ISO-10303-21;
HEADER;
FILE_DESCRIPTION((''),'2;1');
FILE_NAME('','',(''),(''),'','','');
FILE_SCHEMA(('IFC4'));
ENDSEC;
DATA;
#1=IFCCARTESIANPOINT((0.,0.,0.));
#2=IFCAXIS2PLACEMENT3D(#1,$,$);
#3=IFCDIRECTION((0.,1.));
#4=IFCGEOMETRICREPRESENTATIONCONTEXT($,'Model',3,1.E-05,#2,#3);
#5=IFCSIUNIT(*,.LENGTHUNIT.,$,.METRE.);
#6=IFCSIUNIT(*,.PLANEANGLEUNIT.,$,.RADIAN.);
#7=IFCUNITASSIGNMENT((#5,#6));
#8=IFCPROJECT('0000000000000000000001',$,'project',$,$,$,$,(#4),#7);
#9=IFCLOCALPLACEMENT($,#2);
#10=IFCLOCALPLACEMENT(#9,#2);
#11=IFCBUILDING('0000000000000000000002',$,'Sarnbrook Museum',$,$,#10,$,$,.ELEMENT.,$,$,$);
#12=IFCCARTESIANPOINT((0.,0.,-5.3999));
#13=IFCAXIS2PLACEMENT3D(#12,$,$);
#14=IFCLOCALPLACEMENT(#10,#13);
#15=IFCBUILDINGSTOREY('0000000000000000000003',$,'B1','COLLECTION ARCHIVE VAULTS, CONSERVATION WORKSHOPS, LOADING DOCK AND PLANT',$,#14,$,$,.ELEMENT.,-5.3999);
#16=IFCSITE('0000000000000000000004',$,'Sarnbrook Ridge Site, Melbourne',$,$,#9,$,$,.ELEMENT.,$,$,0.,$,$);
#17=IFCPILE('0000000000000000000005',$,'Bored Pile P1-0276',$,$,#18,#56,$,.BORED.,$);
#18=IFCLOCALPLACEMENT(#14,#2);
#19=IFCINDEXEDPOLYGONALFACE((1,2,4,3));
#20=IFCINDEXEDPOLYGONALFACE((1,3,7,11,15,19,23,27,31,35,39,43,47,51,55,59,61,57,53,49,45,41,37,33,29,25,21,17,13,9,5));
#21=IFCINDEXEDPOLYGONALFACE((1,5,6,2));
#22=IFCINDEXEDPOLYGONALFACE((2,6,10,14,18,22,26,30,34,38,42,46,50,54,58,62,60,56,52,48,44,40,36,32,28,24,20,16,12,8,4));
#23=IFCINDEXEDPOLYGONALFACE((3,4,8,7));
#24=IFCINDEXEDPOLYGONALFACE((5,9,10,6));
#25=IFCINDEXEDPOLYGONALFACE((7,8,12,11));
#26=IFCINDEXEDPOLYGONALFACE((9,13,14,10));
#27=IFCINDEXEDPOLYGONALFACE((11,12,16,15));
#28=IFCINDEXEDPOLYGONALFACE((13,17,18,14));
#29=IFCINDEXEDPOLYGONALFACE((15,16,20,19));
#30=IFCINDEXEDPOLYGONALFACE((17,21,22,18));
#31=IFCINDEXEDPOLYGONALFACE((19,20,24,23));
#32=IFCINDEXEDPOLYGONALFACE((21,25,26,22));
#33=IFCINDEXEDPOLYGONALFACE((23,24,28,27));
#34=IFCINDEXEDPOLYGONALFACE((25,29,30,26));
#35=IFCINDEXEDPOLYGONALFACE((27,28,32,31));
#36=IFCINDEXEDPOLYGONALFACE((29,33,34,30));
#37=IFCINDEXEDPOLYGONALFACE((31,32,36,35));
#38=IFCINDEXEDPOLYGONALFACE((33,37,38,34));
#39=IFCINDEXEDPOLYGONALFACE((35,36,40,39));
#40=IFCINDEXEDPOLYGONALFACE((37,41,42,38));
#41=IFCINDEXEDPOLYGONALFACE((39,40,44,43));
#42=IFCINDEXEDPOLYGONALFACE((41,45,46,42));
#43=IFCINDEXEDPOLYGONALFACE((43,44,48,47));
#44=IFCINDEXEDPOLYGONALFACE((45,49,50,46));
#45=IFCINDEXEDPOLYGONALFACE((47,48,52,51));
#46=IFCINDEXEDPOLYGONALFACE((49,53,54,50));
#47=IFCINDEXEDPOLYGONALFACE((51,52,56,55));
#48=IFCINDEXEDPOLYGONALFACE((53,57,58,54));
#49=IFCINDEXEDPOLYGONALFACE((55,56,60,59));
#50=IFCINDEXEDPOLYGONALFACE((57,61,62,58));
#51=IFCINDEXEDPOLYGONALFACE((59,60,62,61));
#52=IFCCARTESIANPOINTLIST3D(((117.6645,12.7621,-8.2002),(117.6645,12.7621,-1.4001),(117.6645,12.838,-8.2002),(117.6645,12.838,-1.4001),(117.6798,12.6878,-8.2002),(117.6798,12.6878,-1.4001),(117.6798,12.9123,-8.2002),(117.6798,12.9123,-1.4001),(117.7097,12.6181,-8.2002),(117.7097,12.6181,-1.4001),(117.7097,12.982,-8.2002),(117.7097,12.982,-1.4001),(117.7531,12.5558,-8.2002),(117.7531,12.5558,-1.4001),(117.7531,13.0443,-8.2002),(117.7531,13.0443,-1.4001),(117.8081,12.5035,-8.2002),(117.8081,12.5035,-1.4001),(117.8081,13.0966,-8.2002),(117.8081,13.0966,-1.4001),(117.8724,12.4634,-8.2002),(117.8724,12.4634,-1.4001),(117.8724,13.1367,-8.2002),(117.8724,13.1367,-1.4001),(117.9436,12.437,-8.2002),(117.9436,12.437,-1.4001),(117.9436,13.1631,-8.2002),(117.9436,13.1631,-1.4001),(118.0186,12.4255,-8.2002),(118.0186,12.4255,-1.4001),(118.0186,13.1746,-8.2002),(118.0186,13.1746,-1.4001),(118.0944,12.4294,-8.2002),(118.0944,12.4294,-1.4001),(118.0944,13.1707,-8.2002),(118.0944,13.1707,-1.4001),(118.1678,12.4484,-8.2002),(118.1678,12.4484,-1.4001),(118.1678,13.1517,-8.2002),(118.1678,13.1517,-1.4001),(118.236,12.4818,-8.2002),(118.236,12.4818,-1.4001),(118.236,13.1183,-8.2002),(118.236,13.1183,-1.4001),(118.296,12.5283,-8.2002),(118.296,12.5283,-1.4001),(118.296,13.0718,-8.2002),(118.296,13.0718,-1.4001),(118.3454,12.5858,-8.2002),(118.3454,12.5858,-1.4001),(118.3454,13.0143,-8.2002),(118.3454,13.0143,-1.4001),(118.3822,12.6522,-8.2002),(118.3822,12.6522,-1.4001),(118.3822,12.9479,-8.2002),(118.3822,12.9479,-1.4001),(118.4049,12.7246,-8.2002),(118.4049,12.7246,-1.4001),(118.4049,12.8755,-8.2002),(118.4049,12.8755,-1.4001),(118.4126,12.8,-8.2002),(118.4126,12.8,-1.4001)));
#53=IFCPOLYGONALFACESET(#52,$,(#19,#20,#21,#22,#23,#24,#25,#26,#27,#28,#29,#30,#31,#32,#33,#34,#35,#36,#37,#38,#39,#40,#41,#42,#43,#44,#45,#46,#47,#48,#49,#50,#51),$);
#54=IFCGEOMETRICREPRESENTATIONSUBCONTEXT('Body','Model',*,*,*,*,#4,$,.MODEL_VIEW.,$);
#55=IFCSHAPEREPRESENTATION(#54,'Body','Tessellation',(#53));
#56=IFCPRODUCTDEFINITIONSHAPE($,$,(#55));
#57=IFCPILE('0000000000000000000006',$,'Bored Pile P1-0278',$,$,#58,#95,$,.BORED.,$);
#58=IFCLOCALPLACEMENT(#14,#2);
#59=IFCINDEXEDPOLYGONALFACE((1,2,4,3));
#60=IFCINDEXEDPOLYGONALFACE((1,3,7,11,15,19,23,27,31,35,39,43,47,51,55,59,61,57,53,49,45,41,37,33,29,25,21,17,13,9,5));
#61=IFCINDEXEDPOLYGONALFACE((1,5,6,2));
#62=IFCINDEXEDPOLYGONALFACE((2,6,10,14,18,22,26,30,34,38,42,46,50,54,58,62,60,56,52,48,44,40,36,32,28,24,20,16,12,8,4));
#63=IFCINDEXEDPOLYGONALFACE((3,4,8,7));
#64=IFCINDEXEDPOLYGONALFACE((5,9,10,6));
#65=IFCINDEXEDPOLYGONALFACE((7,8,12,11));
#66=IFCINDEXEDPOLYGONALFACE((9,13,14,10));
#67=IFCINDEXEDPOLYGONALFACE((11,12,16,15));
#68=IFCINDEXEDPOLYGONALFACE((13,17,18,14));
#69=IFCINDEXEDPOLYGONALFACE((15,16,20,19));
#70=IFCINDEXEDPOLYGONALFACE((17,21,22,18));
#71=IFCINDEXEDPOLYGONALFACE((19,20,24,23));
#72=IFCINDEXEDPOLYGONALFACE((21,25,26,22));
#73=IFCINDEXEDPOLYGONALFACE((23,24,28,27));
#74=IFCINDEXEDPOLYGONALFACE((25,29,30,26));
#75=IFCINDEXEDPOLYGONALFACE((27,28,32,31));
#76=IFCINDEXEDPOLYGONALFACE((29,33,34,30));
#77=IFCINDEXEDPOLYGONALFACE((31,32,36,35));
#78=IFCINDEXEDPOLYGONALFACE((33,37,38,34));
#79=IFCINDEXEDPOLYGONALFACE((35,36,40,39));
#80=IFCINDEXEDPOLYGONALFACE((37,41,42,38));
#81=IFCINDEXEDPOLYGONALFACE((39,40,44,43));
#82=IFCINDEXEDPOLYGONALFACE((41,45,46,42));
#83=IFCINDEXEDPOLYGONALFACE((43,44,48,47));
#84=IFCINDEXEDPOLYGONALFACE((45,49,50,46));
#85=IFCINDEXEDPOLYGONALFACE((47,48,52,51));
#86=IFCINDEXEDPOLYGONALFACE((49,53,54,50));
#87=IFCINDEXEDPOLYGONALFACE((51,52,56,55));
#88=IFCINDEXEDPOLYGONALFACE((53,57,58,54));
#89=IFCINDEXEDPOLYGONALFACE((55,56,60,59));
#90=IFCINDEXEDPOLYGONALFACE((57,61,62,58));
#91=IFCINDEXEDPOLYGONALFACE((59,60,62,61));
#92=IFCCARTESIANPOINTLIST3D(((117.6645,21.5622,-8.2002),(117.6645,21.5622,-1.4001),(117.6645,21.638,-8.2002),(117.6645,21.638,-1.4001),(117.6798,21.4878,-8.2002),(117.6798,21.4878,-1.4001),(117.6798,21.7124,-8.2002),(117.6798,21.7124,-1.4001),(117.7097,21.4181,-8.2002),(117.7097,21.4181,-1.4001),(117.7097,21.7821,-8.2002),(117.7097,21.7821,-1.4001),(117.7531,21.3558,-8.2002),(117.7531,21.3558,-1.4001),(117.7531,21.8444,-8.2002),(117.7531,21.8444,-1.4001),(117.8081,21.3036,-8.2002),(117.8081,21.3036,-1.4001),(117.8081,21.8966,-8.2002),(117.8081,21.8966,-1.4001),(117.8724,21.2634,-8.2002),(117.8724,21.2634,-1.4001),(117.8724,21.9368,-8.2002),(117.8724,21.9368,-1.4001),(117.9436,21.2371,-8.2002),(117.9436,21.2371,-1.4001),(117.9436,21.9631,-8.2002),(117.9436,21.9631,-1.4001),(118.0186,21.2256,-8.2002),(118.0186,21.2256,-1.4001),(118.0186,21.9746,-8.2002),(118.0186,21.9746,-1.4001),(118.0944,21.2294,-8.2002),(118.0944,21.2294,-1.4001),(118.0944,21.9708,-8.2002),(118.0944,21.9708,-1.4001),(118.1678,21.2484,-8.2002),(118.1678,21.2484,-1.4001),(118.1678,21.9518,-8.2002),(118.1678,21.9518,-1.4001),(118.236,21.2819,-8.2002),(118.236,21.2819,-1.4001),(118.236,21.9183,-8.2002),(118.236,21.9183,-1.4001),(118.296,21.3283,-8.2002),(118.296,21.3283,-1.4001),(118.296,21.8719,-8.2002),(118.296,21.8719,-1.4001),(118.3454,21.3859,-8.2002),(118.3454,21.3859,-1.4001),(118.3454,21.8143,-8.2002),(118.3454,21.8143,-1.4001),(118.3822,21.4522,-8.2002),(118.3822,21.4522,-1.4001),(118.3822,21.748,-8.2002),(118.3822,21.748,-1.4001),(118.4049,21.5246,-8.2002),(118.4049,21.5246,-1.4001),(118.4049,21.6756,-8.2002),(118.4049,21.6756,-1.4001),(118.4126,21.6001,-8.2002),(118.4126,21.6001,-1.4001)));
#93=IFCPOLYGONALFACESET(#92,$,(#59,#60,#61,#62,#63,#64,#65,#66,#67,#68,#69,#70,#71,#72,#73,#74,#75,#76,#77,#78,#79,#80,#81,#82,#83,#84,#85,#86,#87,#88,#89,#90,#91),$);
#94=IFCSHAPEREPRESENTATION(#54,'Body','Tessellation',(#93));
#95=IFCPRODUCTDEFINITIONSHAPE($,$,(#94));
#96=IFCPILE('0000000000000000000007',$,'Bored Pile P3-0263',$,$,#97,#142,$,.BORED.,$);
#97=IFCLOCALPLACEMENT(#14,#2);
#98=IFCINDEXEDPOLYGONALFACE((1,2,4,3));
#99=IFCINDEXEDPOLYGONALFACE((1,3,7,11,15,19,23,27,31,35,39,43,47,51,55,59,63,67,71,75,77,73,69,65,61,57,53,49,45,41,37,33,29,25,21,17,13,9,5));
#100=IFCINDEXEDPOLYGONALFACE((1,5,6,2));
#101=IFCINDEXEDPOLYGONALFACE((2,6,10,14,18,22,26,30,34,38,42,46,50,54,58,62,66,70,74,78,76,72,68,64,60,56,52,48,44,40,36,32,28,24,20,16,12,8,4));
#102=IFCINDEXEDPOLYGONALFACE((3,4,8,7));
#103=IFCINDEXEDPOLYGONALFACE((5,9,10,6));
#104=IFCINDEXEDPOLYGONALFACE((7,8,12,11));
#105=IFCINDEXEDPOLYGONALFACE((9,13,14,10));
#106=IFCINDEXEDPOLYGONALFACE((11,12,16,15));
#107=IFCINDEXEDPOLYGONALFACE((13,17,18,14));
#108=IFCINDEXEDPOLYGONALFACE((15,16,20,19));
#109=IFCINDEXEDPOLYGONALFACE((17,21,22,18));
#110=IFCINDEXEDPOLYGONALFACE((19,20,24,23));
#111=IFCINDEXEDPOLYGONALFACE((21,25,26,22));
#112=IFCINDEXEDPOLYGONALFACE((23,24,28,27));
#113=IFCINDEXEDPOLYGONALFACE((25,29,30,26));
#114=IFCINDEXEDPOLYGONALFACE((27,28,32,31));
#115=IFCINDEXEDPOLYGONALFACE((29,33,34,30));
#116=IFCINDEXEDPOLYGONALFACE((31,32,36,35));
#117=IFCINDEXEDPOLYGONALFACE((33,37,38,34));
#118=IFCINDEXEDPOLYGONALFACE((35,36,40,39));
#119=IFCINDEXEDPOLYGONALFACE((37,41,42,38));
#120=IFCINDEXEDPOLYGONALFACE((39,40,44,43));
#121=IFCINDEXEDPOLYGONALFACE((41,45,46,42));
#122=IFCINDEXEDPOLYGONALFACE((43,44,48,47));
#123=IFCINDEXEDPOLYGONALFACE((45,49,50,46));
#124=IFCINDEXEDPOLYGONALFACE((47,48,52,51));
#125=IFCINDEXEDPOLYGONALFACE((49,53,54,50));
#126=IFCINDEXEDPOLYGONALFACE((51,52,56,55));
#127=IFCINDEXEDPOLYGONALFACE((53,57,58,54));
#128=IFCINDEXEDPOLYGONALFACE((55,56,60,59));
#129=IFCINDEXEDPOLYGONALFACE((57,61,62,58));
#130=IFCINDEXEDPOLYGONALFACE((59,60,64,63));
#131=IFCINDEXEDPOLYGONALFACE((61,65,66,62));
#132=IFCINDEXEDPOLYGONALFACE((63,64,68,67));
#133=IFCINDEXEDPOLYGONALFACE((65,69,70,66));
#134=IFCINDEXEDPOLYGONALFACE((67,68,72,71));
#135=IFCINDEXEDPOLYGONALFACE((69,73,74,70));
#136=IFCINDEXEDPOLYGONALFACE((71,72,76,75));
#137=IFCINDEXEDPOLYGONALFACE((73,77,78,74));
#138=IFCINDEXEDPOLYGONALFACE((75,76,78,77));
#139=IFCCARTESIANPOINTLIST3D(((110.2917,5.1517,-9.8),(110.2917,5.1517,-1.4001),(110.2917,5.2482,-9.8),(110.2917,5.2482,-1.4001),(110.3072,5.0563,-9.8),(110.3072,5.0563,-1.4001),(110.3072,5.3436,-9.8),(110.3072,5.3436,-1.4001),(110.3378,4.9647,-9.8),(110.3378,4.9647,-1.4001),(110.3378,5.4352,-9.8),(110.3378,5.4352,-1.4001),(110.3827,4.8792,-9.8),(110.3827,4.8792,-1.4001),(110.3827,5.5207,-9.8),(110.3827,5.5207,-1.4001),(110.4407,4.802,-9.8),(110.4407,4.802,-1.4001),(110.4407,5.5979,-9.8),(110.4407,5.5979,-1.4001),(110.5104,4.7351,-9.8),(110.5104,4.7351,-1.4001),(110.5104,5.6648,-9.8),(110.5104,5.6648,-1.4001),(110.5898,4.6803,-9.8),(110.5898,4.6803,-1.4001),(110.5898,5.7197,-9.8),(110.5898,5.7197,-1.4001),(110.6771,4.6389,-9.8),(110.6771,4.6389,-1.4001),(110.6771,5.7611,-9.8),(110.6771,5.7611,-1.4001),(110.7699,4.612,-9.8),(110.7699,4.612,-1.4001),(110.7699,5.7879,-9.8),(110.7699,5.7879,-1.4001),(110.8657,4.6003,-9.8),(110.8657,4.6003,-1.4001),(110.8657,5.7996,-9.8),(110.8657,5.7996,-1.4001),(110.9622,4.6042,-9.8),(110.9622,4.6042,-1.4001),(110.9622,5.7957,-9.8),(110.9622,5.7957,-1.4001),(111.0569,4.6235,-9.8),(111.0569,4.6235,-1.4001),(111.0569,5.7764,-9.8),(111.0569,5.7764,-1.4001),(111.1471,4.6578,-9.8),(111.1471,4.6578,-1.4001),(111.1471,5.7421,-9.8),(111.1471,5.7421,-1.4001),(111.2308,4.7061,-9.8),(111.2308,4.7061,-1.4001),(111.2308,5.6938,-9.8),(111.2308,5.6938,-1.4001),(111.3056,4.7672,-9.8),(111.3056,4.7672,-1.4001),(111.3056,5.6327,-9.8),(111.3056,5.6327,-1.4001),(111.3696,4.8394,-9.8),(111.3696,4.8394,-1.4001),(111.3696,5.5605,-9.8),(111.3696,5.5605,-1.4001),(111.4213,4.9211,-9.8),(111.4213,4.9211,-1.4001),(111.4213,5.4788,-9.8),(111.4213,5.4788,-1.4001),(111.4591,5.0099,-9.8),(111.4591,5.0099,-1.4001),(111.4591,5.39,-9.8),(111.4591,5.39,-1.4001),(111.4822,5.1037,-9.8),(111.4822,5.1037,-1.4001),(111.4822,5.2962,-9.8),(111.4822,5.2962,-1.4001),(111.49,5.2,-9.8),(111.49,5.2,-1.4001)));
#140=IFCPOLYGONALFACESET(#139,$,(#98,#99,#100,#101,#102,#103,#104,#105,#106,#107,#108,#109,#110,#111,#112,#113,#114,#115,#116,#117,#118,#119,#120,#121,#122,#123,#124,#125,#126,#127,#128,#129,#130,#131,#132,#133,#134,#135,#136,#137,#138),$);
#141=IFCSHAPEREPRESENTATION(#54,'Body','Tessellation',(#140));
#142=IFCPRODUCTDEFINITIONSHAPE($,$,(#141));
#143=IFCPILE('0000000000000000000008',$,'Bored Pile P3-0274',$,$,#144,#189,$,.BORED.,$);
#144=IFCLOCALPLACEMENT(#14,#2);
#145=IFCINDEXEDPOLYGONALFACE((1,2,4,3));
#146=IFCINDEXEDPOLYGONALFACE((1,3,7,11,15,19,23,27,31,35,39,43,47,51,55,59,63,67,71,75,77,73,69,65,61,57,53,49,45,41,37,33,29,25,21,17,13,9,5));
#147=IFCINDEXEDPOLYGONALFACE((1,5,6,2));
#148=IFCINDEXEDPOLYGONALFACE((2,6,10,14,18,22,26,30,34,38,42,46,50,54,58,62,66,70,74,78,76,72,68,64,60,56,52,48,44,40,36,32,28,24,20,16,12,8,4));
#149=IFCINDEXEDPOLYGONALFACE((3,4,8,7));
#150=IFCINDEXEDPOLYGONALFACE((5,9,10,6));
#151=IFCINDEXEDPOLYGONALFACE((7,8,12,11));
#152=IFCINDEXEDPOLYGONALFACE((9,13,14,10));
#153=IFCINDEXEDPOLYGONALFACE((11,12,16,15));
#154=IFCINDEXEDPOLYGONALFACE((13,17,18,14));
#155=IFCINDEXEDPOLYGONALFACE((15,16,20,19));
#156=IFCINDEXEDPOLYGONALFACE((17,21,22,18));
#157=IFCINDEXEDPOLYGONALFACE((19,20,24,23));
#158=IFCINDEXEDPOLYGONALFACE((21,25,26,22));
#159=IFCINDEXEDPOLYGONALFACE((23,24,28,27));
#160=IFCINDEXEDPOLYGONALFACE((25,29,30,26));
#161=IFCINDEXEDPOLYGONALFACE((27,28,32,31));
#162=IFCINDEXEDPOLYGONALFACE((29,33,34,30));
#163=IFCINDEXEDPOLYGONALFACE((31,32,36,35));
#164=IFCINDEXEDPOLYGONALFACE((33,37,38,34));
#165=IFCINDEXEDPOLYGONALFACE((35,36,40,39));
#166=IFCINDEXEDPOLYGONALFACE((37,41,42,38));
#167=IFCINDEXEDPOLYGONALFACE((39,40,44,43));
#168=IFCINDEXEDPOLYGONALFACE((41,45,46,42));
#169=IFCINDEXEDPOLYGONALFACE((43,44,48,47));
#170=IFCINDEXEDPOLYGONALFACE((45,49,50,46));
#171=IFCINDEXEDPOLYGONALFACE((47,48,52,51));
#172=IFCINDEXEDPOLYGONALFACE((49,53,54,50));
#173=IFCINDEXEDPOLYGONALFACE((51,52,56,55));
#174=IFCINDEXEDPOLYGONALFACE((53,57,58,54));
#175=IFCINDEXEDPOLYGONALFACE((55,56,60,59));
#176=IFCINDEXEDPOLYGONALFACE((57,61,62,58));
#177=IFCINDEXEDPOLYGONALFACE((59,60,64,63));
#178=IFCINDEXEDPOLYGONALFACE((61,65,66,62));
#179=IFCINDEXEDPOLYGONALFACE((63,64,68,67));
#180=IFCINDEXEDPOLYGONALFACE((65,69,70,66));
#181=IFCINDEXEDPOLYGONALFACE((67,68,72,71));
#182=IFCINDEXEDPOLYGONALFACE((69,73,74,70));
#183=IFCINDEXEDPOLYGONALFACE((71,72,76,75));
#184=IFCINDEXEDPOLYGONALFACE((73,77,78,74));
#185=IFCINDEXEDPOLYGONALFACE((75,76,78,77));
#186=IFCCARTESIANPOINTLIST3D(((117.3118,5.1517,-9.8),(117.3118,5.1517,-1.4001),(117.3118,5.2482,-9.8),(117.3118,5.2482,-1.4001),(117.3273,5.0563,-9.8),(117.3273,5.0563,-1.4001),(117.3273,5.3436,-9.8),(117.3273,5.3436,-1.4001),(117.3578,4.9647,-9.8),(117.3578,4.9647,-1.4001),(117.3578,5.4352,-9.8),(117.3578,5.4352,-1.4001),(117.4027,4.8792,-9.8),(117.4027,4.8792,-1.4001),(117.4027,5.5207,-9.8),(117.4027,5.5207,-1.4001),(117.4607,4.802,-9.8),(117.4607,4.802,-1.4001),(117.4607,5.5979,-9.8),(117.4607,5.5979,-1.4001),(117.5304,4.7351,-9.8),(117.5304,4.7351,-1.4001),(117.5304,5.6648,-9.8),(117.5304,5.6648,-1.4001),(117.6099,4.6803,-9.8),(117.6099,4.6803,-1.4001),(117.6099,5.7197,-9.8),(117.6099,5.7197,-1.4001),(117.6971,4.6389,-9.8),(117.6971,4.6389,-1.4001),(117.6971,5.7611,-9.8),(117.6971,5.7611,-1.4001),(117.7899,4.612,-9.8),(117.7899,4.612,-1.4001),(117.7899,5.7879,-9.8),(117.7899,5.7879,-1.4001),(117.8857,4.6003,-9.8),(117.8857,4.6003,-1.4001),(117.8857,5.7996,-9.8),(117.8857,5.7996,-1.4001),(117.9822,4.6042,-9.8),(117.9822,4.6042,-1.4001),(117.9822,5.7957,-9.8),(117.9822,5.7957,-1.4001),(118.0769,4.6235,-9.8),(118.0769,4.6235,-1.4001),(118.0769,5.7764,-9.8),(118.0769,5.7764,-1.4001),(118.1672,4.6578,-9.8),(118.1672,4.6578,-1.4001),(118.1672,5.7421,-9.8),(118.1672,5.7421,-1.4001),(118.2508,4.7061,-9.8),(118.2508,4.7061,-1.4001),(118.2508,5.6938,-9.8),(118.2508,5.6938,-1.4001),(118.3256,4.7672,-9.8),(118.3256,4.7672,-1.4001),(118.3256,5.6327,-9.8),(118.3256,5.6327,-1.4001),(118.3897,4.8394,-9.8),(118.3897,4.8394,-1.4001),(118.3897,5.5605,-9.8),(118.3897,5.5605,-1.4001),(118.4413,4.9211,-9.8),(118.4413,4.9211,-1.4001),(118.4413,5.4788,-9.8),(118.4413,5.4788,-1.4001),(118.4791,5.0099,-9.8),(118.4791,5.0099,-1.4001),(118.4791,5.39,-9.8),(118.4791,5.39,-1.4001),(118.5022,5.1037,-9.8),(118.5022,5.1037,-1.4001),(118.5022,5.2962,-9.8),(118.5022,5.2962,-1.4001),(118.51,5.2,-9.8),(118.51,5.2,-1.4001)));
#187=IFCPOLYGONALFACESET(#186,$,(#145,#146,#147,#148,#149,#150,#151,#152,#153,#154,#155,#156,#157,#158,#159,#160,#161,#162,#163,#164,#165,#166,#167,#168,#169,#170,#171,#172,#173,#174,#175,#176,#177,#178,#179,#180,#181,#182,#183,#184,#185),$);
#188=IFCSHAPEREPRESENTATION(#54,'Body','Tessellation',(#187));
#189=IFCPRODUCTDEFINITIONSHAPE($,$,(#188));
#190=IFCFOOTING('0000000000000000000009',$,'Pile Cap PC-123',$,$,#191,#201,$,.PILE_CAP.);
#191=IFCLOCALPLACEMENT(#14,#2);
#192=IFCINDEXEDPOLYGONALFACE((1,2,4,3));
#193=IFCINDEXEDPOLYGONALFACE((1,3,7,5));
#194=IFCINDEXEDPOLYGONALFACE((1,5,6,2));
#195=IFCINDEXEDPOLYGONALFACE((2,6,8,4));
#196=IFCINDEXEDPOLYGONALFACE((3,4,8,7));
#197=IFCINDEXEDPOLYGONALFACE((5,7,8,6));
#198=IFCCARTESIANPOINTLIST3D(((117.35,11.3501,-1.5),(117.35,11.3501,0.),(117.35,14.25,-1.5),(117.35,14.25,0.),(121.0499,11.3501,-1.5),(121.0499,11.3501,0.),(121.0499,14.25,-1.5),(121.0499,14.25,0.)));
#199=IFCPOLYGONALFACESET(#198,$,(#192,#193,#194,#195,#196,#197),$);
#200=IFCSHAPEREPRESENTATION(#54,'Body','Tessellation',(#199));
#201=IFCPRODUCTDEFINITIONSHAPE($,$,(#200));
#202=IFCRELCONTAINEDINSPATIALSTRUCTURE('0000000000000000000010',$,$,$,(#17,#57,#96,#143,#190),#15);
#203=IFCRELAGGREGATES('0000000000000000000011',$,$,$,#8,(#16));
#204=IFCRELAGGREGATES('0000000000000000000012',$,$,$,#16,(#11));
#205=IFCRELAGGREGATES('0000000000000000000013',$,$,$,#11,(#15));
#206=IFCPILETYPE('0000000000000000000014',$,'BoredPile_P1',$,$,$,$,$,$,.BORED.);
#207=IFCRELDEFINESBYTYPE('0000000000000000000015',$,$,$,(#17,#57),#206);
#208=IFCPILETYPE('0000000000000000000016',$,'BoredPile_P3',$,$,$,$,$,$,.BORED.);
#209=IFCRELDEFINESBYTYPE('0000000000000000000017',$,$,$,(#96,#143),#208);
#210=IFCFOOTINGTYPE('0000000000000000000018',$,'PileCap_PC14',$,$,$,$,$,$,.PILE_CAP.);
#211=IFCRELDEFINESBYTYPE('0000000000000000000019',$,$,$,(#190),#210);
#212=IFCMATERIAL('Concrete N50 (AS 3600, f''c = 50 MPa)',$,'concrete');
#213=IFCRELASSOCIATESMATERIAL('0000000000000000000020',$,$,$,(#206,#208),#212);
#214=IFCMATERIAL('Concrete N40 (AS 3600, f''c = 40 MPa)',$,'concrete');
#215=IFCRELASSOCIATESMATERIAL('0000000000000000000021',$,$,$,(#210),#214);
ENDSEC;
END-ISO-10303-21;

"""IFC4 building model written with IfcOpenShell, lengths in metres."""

from ifc_helpers import new_model, si_unit, direction, frame, origin, origin_2d, place, context, subcontext, project, spatial, rectangle, circle, extrude, material, material_profile, profile_set, type_object, element, save


model = new_model("IFC4")

# Units and contexts
model_context = context("Model", 3, precision=1e-05, world=origin(), true_north=direction((0.0, 1.0)))
body_context = subcontext(model_context, "Body", "Model", "MODEL_VIEW")
ifc_project = project(units=[si_unit("LENGTHUNIT", "METRE"), si_unit("PLANEANGLEUNIT", "RADIAN")], contexts=[model_context])

# Site, building, storey
site_placement = place(None, origin())
site = spatial("IfcSite", under=ifc_project, at=site_placement, Name="Sarnbrook Ridge Site, Melbourne", CompositionType="ELEMENT", RefElevation=0.0)
building_placement = place(site_placement, origin())
building = spatial("IfcBuilding", under=site, at=building_placement, Name="Sarnbrook Museum", CompositionType="ELEMENT")
storey_placement = place(building_placement, frame((0.0, 0.0, -5.3999)))
storey = spatial("IfcBuildingStorey", under=building, at=storey_placement, Name="B1", Description="COLLECTION ARCHIVE VAULTS, CONSERVATION WORKSHOPS, LOADING DOCK AND PLANT", CompositionType="ELEMENT", Elevation=-5.3999)

# Piles
ifc_material_1 = material(Name="Concrete N50 (AS 3600, f'c = 50 MPa)", Category="concrete")
ifc_material_profile_1 = material_profile(ifc_material_1, circle(Radius=0.375, at=origin_2d()), Name="BORED PILE D750")
ifc_profile_set_1 = profile_set([ifc_material_profile_1], Name="Concrete N50 (AS 3600, f'c = 50 MPa)")
pile_type_1 = type_object("IfcPileType", Name="BoredPile_P1", PredefinedType="BORED", material=ifc_profile_set_1)
for number, where, z_axis, x_axis, name in (
    (1, (118.0376, 12.8, -1.4001), (0.0, 0.0, -1.0), (1.0, 0.0, 0.0), "Bored Pile P1-0276"),
    (2, (118.0376, 21.6001, -1.4001), (0.0, 0.0, -1.0), (1.0, 0.0, 0.0), "Bored Pile P1-0278"),
):
    element("IfcPile", number, at=place(storey_placement, frame(where, z_axis=z_axis, x_axis=x_axis)), inside=storey, type_object=pile_type_1, Name=name, PredefinedType="BORED", context=body_context, shape_type="SweptSolid", body=[
        extrude(circle(Radius=0.375, at=origin_2d()), origin(), (0.0, 0.0, 1.0), 6.8),
    ])
ifc_material_profile_2 = material_profile(ifc_material_1, circle(Radius=0.6001, at=origin_2d()), Name="BORED PILE D1200")
ifc_profile_set_2 = profile_set([ifc_material_profile_2], Name="Concrete N50 (AS 3600, f'c = 50 MPa)")
pile_type_2 = type_object("IfcPileType", Name="BoredPile_P3", PredefinedType="BORED", material=ifc_profile_set_2)
for number, where, z_axis, x_axis, name in (
    (3, (110.8899, 5.2, -1.4001), (0.0, 0.0, -1.0), (1.0, 0.0, 0.0), "Bored Pile P3-0263"),
    (4, (117.9099, 5.2, -1.4001), (0.0, 0.0, -1.0), (1.0, 0.0, 0.0), "Bored Pile P3-0274"),
):
    element("IfcPile", number, at=place(storey_placement, frame(where, z_axis=z_axis, x_axis=x_axis)), inside=storey, type_object=pile_type_2, Name=name, PredefinedType="BORED", context=body_context, shape_type="SweptSolid", body=[
        extrude(circle(Radius=0.6001, at=origin_2d()), origin(), (0.0, 0.0, 1.0), 8.3999),
    ])

# Footing
ifc_material_2 = material(Name="Concrete N40 (AS 3600, f'c = 40 MPa)", Category="concrete")
footing_type_1 = type_object("IfcFootingType", Name="PileCap_PC14", PredefinedType="PILE_CAP", material=ifc_material_2)
footing_1_placement = place(storey_placement, frame((119.2, 12.8, -1.5), z_axis=(0.0, 0.0, 1.0), x_axis=(1.0, 0.0, 0.0)))
element("IfcFooting", 5, at=footing_1_placement, inside=storey, type_object=footing_type_1, Name="Pile Cap PC-123", PredefinedType="PILE_CAP", context=body_context, shape_type="SweptSolid", body=[
    extrude(rectangle(XDim=3.7, YDim=2.8999, at=origin_2d()), origin(), (0.0, 0.0, 1.0), 1.5),
])

save(model, "model.ifc")
